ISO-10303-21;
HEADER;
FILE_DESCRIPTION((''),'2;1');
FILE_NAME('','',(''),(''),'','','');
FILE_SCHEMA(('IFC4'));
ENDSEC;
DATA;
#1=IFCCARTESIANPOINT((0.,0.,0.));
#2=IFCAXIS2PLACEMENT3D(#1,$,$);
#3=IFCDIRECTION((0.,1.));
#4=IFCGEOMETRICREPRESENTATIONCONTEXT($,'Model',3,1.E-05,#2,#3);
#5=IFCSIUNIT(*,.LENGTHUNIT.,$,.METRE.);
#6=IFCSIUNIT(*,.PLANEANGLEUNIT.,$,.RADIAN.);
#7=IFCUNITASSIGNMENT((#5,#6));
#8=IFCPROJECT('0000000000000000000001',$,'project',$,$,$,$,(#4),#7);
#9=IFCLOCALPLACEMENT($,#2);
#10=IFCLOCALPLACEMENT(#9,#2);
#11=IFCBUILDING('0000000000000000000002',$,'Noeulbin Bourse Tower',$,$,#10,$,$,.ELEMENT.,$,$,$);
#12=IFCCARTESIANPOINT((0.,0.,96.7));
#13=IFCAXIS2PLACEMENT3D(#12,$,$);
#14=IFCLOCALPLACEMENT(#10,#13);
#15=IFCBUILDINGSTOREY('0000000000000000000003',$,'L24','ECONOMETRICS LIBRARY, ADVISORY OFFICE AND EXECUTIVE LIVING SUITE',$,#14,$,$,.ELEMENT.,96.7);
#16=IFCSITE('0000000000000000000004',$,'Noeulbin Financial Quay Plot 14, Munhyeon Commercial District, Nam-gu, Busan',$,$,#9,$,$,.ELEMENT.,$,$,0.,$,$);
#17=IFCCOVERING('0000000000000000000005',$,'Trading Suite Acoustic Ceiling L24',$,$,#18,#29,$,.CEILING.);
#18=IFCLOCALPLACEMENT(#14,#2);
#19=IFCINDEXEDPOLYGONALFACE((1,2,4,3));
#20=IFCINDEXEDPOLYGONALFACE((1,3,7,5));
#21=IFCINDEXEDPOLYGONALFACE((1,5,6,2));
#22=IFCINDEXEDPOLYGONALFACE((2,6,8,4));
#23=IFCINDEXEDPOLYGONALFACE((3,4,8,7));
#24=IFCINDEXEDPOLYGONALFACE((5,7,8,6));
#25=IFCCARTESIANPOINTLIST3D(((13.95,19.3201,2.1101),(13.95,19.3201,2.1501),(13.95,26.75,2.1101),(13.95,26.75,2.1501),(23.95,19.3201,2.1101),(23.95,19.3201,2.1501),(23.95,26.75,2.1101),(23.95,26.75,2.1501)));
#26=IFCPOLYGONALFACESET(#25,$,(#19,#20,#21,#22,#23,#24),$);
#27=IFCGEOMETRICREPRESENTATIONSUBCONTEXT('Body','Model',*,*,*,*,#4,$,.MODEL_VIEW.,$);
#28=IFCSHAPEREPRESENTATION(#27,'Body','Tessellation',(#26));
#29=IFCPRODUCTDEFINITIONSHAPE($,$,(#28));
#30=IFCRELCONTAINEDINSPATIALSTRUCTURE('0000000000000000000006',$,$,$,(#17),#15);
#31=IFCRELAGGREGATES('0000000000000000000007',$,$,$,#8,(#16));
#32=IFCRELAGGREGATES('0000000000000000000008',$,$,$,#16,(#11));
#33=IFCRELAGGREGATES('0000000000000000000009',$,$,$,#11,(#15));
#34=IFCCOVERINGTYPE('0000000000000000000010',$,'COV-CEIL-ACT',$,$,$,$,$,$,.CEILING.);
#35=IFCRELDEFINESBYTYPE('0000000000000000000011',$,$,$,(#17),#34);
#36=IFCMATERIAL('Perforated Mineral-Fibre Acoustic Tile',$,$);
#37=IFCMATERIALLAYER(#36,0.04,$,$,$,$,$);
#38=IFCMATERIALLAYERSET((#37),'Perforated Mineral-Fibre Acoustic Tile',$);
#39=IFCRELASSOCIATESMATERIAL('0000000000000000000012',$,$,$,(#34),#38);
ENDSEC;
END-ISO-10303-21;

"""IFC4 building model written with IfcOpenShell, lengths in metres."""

from ifc_helpers import new_model, si_unit, direction, frame, origin, place, context, subcontext, project, spatial, polyline, outline, extrude, material, layer, layer_set, type_object, element, save


model = new_model("IFC4")

# Units and contexts
model_context = context("Model", 3, precision=1e-05, world=origin(), true_north=direction((0.0, 1.0)))
body_context = subcontext(model_context, "Body", "Model", "MODEL_VIEW")
ifc_project = project(units=[si_unit("LENGTHUNIT", "METRE"), si_unit("PLANEANGLEUNIT", "RADIAN")], contexts=[model_context])

# Site, building, storey
site_placement = place(None, origin())
site = spatial("IfcSite", under=ifc_project, at=site_placement, Name="Noeulbin Financial Quay Plot 14, Munhyeon Commercial District, Nam-gu, Busan", CompositionType="ELEMENT", RefElevation=0.0)
building_placement = place(site_placement, origin())
building = spatial("IfcBuilding", under=site, at=building_placement, Name="Noeulbin Bourse Tower", CompositionType="ELEMENT")
storey_placement = place(building_placement, frame((0.0, 0.0, 96.7)))
storey = spatial("IfcBuildingStorey", under=building, at=storey_placement, Name="L24", Description="ECONOMETRICS LIBRARY, ADVISORY OFFICE AND EXECUTIVE LIVING SUITE", CompositionType="ELEMENT", Elevation=96.7)

# Covering
ifc_material_1 = material(Name="Perforated Mineral-Fibre Acoustic Tile")
ifc_layer_1 = layer(ifc_material_1, 0.04)
ifc_layer_set_1 = layer_set([ifc_layer_1], Name="Perforated Mineral-Fibre Acoustic Tile")
covering_type = type_object("IfcCoveringType", Name="COV-CEIL-ACT", PredefinedType="CEILING", material=ifc_layer_set_1)
covering_1_placement = place(storey_placement, frame((0.0, 0.0, 2.1101)))
element("IfcCovering", 1, at=covering_1_placement, inside=storey, type_object=covering_type, Name="Trading Suite Acoustic Ceiling L24", PredefinedType="CEILING", context=body_context, shape_type="SweptSolid", body=[
    extrude(outline(polyline([(13.95, 19.3201), (23.95, 19.3201), (23.95, 26.75), (13.95, 26.75), (13.95, 19.3201)])), origin(), (0.0, 0.0, 1.0), 0.04),
])

save(model, "model.ifc")
